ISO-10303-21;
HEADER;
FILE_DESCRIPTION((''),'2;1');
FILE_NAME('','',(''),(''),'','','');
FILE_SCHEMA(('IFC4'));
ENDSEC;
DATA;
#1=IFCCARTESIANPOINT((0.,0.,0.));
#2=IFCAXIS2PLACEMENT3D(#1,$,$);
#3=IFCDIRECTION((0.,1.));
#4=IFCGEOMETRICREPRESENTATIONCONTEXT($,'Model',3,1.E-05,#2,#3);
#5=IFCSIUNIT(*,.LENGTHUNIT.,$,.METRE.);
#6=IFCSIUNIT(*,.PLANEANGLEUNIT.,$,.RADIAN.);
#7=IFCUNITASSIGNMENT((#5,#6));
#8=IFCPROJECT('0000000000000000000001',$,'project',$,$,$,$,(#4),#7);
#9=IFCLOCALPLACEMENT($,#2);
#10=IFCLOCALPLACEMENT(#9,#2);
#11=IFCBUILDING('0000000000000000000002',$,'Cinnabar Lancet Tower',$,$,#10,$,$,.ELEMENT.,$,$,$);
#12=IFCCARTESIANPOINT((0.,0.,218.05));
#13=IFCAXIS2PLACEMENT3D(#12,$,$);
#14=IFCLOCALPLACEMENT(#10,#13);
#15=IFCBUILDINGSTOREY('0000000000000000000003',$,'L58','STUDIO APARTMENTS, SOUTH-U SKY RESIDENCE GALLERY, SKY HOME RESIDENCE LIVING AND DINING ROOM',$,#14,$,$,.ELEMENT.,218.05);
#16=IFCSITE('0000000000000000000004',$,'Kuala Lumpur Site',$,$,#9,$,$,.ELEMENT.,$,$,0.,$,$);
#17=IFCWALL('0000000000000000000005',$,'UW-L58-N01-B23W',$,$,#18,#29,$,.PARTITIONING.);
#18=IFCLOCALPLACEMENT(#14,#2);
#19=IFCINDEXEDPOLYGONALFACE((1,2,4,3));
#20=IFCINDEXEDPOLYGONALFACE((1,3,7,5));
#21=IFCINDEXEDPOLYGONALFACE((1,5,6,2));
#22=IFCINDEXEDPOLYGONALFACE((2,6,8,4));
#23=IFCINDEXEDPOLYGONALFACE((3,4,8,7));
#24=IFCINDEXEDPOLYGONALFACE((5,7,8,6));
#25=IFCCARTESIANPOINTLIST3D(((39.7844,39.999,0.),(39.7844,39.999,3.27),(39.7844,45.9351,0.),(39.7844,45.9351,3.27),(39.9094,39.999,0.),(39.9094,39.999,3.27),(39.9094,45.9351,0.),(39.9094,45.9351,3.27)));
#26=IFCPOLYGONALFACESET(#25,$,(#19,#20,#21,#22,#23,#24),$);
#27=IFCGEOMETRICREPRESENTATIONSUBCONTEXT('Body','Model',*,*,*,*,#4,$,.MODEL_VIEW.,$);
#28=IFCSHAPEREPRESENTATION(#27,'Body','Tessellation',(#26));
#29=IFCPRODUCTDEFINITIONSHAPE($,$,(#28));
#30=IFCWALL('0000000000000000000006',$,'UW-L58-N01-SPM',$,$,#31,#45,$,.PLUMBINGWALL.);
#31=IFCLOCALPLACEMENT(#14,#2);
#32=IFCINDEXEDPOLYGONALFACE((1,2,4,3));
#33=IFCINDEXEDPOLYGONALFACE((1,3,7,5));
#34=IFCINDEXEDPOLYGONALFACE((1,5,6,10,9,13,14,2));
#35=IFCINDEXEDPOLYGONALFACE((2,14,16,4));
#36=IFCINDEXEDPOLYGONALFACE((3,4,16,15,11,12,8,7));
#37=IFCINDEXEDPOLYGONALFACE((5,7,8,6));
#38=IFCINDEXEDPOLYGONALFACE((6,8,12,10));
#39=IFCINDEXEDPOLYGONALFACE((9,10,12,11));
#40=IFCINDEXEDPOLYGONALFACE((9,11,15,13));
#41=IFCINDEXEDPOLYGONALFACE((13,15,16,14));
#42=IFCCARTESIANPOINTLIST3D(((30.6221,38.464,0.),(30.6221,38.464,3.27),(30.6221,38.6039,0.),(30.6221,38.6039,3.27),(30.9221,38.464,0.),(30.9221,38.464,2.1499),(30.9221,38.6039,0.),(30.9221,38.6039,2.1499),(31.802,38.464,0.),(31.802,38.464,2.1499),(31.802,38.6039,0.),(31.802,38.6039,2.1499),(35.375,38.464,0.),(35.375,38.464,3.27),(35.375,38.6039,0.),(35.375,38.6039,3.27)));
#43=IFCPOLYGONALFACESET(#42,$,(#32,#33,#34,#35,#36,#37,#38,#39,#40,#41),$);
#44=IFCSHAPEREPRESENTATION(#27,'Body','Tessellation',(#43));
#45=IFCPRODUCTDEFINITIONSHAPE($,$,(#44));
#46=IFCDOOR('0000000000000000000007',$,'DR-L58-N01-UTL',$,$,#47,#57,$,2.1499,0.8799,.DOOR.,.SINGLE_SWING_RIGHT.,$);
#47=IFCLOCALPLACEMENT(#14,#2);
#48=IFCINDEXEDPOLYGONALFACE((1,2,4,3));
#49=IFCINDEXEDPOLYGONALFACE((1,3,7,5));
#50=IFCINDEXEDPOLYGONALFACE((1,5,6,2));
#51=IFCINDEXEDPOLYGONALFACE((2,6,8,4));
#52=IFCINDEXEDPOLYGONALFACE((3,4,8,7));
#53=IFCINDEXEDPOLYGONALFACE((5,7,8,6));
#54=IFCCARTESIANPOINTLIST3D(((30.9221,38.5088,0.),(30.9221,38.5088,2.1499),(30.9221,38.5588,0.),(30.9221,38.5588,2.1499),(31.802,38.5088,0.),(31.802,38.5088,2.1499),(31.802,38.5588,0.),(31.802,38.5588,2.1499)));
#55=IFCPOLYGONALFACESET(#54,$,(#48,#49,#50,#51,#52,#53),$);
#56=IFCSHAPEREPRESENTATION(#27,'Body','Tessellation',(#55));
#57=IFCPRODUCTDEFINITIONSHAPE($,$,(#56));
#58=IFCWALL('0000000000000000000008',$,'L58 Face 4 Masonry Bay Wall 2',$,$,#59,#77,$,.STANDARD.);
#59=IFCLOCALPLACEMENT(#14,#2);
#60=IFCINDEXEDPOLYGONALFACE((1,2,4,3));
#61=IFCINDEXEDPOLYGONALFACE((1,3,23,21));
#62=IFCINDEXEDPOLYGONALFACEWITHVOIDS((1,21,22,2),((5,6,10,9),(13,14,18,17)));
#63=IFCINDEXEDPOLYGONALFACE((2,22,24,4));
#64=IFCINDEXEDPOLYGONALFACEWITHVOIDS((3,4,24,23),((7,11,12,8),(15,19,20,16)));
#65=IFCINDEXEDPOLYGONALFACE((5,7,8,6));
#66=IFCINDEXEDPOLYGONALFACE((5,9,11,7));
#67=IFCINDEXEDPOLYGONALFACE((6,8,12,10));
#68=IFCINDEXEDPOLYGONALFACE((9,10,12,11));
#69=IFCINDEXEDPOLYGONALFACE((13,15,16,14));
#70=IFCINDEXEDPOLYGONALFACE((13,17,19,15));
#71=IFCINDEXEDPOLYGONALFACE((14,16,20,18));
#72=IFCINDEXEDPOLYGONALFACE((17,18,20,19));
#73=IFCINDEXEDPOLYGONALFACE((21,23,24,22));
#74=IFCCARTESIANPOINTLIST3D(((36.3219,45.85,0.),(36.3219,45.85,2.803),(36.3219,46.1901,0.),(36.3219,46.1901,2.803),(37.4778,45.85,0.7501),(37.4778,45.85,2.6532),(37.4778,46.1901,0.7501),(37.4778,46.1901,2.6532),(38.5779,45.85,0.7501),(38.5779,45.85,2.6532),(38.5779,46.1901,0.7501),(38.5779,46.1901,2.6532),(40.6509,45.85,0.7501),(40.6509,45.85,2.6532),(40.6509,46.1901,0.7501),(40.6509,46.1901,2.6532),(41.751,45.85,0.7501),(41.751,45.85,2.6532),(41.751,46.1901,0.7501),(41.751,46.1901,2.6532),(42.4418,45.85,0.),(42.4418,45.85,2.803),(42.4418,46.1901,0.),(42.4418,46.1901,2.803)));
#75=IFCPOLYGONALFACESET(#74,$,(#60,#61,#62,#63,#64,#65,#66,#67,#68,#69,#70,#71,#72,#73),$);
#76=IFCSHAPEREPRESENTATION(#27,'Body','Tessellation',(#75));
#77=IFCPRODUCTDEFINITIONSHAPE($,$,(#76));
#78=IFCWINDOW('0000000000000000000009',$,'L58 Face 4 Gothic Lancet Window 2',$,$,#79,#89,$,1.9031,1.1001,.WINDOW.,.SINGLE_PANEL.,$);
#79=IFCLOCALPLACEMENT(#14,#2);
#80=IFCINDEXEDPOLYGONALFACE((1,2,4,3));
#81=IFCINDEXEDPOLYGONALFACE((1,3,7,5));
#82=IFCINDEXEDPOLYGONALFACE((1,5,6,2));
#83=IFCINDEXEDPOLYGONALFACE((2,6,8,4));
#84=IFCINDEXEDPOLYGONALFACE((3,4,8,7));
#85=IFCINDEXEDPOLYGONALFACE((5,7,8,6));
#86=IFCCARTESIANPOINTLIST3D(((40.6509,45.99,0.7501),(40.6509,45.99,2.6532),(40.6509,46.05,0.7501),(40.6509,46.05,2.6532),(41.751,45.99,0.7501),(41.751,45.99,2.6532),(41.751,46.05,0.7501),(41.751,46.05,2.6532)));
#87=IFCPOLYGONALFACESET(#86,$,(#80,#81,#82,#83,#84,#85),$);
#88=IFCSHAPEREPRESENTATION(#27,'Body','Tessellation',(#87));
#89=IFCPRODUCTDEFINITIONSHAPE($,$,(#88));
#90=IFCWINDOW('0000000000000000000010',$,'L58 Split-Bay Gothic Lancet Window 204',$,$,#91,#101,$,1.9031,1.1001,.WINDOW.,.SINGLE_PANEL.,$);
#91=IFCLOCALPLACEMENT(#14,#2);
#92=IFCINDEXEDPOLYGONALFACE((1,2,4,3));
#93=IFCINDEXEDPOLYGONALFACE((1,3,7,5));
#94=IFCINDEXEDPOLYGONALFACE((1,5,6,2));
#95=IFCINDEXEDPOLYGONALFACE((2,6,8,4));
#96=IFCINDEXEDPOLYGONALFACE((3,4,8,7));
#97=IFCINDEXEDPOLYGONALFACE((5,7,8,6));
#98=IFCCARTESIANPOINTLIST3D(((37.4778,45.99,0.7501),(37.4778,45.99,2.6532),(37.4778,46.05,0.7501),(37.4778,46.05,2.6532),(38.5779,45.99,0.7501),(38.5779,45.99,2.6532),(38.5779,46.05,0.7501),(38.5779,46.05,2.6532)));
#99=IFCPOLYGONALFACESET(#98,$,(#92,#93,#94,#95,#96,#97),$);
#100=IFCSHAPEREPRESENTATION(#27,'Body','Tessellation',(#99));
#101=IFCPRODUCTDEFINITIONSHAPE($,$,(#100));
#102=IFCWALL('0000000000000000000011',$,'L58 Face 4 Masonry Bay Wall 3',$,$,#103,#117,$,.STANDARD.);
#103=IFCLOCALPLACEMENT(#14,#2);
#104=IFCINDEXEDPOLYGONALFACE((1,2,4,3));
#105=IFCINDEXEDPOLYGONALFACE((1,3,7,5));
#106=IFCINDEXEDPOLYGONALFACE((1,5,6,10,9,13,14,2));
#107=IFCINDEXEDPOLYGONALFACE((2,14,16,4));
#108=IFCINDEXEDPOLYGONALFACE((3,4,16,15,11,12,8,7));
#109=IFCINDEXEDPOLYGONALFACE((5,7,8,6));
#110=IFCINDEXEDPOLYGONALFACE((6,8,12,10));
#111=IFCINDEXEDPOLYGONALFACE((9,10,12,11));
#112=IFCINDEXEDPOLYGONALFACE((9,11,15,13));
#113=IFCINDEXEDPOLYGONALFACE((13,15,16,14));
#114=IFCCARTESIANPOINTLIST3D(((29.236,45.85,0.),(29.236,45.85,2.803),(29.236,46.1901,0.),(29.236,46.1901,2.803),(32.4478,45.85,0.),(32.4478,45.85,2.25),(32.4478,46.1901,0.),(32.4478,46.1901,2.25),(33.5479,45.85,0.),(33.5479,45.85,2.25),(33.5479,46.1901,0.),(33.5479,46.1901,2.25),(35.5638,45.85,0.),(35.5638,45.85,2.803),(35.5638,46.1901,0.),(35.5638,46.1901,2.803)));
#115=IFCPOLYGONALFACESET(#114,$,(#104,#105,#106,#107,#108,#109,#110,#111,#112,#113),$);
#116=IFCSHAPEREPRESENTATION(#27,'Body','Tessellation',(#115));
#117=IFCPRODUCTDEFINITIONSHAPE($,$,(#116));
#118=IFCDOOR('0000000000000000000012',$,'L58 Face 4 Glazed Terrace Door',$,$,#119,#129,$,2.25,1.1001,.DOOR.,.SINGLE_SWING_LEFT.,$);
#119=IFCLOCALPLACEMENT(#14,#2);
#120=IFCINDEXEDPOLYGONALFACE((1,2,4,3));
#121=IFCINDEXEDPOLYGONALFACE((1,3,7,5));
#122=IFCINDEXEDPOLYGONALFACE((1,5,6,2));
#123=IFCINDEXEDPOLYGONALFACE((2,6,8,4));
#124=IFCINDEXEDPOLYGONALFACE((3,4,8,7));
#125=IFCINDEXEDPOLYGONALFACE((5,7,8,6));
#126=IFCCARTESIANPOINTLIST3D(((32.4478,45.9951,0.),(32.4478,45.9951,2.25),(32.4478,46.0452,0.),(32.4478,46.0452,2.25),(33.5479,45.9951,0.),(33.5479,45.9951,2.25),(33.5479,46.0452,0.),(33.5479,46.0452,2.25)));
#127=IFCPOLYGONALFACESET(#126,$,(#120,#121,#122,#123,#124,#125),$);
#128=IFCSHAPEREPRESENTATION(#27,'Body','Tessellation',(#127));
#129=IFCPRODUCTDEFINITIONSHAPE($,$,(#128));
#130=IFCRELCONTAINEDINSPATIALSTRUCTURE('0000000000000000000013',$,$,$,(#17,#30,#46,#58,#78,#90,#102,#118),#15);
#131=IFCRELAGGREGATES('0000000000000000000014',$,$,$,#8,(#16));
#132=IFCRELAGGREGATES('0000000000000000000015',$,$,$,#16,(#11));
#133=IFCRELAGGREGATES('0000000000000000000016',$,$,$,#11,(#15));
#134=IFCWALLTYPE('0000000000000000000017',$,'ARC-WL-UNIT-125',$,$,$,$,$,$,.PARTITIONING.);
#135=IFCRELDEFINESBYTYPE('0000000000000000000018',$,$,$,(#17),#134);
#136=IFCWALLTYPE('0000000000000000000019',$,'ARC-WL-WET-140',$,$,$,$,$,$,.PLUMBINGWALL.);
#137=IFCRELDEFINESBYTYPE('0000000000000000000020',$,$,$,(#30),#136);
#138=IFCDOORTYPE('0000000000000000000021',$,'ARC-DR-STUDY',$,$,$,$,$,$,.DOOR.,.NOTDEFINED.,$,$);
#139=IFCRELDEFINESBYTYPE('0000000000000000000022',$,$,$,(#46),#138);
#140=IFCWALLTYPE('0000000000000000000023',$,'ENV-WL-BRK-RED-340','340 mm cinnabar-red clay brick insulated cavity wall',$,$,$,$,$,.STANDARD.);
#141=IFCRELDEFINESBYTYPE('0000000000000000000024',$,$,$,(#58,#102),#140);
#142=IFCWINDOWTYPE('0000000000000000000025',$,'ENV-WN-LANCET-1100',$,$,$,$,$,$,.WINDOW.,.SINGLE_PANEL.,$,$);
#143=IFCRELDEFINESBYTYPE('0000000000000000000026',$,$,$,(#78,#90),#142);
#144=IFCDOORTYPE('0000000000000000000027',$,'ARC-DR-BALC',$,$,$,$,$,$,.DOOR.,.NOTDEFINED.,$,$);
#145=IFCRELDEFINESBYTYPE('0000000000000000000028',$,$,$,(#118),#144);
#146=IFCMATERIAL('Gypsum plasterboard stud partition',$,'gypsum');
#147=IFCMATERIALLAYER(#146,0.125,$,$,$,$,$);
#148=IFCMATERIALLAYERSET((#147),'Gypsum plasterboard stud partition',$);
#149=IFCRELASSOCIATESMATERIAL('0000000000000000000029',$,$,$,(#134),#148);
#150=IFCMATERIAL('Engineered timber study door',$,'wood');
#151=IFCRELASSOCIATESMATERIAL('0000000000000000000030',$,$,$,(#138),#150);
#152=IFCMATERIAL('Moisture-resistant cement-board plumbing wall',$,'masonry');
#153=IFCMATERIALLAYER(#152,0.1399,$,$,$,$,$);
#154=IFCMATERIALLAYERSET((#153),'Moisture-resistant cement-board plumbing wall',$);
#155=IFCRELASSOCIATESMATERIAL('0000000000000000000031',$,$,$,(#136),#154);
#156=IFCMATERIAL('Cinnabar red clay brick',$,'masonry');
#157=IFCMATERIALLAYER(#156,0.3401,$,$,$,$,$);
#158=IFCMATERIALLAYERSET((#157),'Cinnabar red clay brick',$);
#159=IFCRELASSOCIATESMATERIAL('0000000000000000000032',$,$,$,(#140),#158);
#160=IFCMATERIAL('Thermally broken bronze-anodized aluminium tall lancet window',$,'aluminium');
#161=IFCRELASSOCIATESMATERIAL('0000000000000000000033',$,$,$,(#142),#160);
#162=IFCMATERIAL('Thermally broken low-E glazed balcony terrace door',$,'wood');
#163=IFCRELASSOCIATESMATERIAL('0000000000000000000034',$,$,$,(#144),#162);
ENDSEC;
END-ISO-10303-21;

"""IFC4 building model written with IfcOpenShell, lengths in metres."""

from ifc_helpers import new_model, si_unit, direction, frame, frame_2d, origin, place, context, subcontext, project, spatial, rectangle, extrude, material, layer, layer_set, type_object, element, fill, save


model = new_model("IFC4")

# Units and contexts
model_context = context("Model", 3, precision=1e-05, world=origin(), true_north=direction((0.0, 1.0)))
body_context = subcontext(model_context, "Body", "Model", "MODEL_VIEW")
ifc_project = project(units=[si_unit("LENGTHUNIT", "METRE"), si_unit("PLANEANGLEUNIT", "RADIAN")], contexts=[model_context])

# Site, building, storey
site_placement = place(None, origin())
site = spatial("IfcSite", under=ifc_project, at=site_placement, Name="Kuala Lumpur Site", CompositionType="ELEMENT", RefElevation=0.0)
building_placement = place(site_placement, origin())
building = spatial("IfcBuilding", under=site, at=building_placement, Name="Cinnabar Lancet Tower", CompositionType="ELEMENT")
storey_placement = place(building_placement, frame((0.0, 0.0, 218.05)))
storey = spatial("IfcBuildingStorey", under=building, at=storey_placement, Name="L58", Description="STUDIO APARTMENTS, SOUTH-U SKY RESIDENCE GALLERY, SKY HOME RESIDENCE LIVING AND DINING ROOM", CompositionType="ELEMENT", Elevation=218.05)

# Shared definitions
ifc_material_1 = material(Name="Gypsum plasterboard stud partition", Category="gypsum")
ifc_layer_1 = layer(ifc_material_1, 0.125)
ifc_layer_set_1 = layer_set([ifc_layer_1], Name="Gypsum plasterboard stud partition")
wall_type_1 = type_object("IfcWallType", Name="ARC-WL-UNIT-125", PredefinedType="PARTITIONING", material=ifc_layer_set_1)
ifc_material_2 = material(Name="Engineered timber study door", Category="wood")
door_type_1 = type_object("IfcDoorType", Name="ARC-DR-STUDY", OperationType="NOTDEFINED", PredefinedType="DOOR", material=ifc_material_2)

# Wall
for number, where, z_axis, x_axis, name in (
    (1, (39.8469, 39.999, 0.0), (0.0, 0.0, 1.0), (0.0, 1.0, 0.0), "UW-L58-N01-B23W"),
):
    element("IfcWall", number, at=place(storey_placement, frame(where, z_axis=z_axis, x_axis=x_axis)), inside=storey, type_object=wall_type_1, Name=name, PredefinedType="PARTITIONING", context=body_context, shape_type="SweptSolid", body=[
        extrude(rectangle(XDim=5.936, YDim=0.125, at=frame_2d((2.968, 0.0))), origin(), (0.0, 0.0, 1.0), 3.27),
    ])

# Wall, opening, door
ifc_material_3 = material(Name="Moisture-resistant cement-board plumbing wall", Category="masonry")
ifc_layer_2 = layer(ifc_material_3, 0.1399)
ifc_layer_set_2 = layer_set([ifc_layer_2], Name="Moisture-resistant cement-board plumbing wall")
wall_type_2 = type_object("IfcWallType", Name="ARC-WL-WET-140", PredefinedType="PLUMBINGWALL", material=ifc_layer_set_2)
wall_1_placement = place(storey_placement, frame((30.6221, 38.5339, 0.0), z_axis=(0.0, 0.0, 1.0), x_axis=(1.0, 0.0, 0.0)))
wall_1 = element("IfcWall", 2, at=wall_1_placement, inside=storey, type_object=wall_type_2, Name="UW-L58-N01-SPM", PredefinedType="PLUMBINGWALL", context=body_context, shape_type="SweptSolid", body=[
    extrude(rectangle(XDim=4.7529, YDim=0.1399, at=frame_2d((2.3765, 0.0))), origin(), (0.0, 0.0, 1.0), 3.27),
])
opening_1_placement = place(wall_1_placement, frame((0.3, 0.0, 0.0)))
opening_1 = element("IfcOpeningElement", 3, at=opening_1_placement, cuts=wall_1, PredefinedType="OPENING", context=body_context, shape_type="SweptSolid", body=[
    extrude(rectangle(XDim=0.8799, YDim=2.1499, at=frame_2d((0.4399, 1.075))), frame((0.0, 0.0798, 0.0), z_axis=(0.0, -1.0, 0.0), x_axis=(1.0, 0.0, 0.0)), (0.0, 0.0, 1.0), 0.1599),
])
door_1_placement = place(opening_1_placement, origin())
door_1 = element("IfcDoor", 4, at=door_1_placement, inside=storey, type_object=door_type_1, Name="DR-L58-N01-UTL", OperationType="SINGLE_SWING_RIGHT", OverallHeight=2.1499, OverallWidth=0.8799, PredefinedType="DOOR", context=body_context, shape_type="SweptSolid", body=[
    extrude(rectangle(XDim=0.8799, YDim=2.1499, at=frame_2d((0.4399, 1.075))), frame((0.0, 0.0249, 0.0), z_axis=(0.0, -1.0, 0.0), x_axis=(1.0, 0.0, 0.0)), (0.0, 0.0, 1.0), 0.05),
])
fill(opening_1, door_1)

# Wall, openings, windows
ifc_material_4 = material(Name="Cinnabar red clay brick", Category="masonry")
ifc_layer_3 = layer(ifc_material_4, 0.3401)
ifc_layer_set_3 = layer_set([ifc_layer_3], Name="Cinnabar red clay brick")
wall_type_3 = type_object("IfcWallType", Name="ENV-WL-BRK-RED-340", Description="340 mm cinnabar-red clay brick insulated cavity wall", PredefinedType="STANDARD", material=ifc_layer_set_3)
wall_2_placement = place(storey_placement, frame((42.4419, 46.02, 0.0), z_axis=(0.0, 0.0, 1.0), x_axis=(-1.0, 0.0, 0.0)))
wall_2 = element("IfcWall", 5, at=wall_2_placement, inside=storey, type_object=wall_type_3, Name="L58 Face 4 Masonry Bay Wall 2", PredefinedType="STANDARD", context=body_context, shape_type="SweptSolid", body=[
    extrude(rectangle(XDim=6.1199, YDim=0.3401, at=frame_2d((3.0601, 0.0))), origin(), (0.0, 0.0, 1.0), 2.803),
])
opening_2_placement = place(wall_2_placement, frame((0.6909, 0.0, 0.75)))
opening_2 = element("IfcOpeningElement", 6, at=opening_2_placement, cuts=wall_2, PredefinedType="OPENING", context=body_context, shape_type="SweptSolid", body=[
    extrude(rectangle(XDim=1.1001, YDim=1.9031, at=frame_2d((0.55, 0.9517))), frame((0.0, 0.1799, 0.0), z_axis=(0.0, -1.0, 0.0), x_axis=(1.0, 0.0, 0.0)), (0.0, 0.0, 1.0), 0.3601),
])
opening_3_placement = place(wall_2_placement, frame((3.864, 0.0, 0.75)))
opening_3 = element("IfcOpeningElement", 7, at=opening_3_placement, cuts=wall_2, PredefinedType="OPENING", context=body_context, shape_type="SweptSolid", body=[
    extrude(rectangle(XDim=1.1001, YDim=1.9031, at=frame_2d((0.55, 0.9517))), frame((0.0, 0.1799, 0.0), z_axis=(0.0, -1.0, 0.0), x_axis=(1.0, 0.0, 0.0)), (0.0, 0.0, 1.0), 0.3601),
])
ifc_material_5 = material(Name="Thermally broken bronze-anodized aluminium tall lancet window", Category="aluminium")
window_type = type_object("IfcWindowType", Name="ENV-WN-LANCET-1100", PartitioningType="SINGLE_PANEL", PredefinedType="WINDOW", material=ifc_material_5)
window_1_placement = place(opening_2_placement, origin())
window_1 = element("IfcWindow", 8, at=window_1_placement, inside=storey, type_object=window_type, Name="L58 Face 4 Gothic Lancet Window 2", OverallHeight=1.9031, OverallWidth=1.1001, PartitioningType="SINGLE_PANEL", PredefinedType="WINDOW", context=body_context, shape_type="SweptSolid", body=[
    extrude(rectangle(XDim=1.1001, YDim=1.9031, at=frame_2d((0.55, 0.9517))), frame((0.0, 0.03, 0.0), z_axis=(0.0, -1.0, 0.0), x_axis=(1.0, 0.0, 0.0)), (0.0, 0.0, 1.0), 0.0601),
])
fill(opening_2, window_1)
window_2_placement = place(opening_3_placement, origin())
window_2 = element("IfcWindow", 9, at=window_2_placement, inside=storey, type_object=window_type, Name="L58 Split-Bay Gothic Lancet Window 204", OverallHeight=1.9031, OverallWidth=1.1001, PartitioningType="SINGLE_PANEL", PredefinedType="WINDOW", context=body_context, shape_type="SweptSolid", body=[
    extrude(rectangle(XDim=1.1001, YDim=1.9031, at=frame_2d((0.55, 0.9517))), frame((0.0, 0.03, 0.0), z_axis=(0.0, -1.0, 0.0), x_axis=(1.0, 0.0, 0.0)), (0.0, 0.0, 1.0), 0.0601),
])
fill(opening_3, window_2)

# Wall, opening, door
wall_3_placement = place(storey_placement, frame((35.564, 46.02, 0.0), z_axis=(0.0, 0.0, 1.0), x_axis=(-1.0, 0.0, 0.0)))
wall_3 = element("IfcWall", 10, at=wall_3_placement, inside=storey, type_object=wall_type_3, Name="L58 Face 4 Masonry Bay Wall 3", PredefinedType="STANDARD", context=body_context, shape_type="SweptSolid", body=[
    extrude(rectangle(XDim=6.3279, YDim=0.3401, at=frame_2d((3.1641, 0.0))), origin(), (0.0, 0.0, 1.0), 2.803),
])
opening_4_placement = place(wall_3_placement, frame((2.0161, 0.0, 0.0)))
opening_4 = element("IfcOpeningElement", 11, at=opening_4_placement, cuts=wall_3, PredefinedType="OPENING", context=body_context, shape_type="SweptSolid", body=[
    extrude(rectangle(XDim=1.1001, YDim=2.25, at=frame_2d((0.55, 1.125))), frame((0.0, 0.1799, 0.0), z_axis=(0.0, -1.0, 0.0), x_axis=(1.0, 0.0, 0.0)), (0.0, 0.0, 1.0), 0.3601),
])
ifc_material_6 = material(Name="Thermally broken low-E glazed balcony terrace door", Category="wood")
door_type_2 = type_object("IfcDoorType", Name="ARC-DR-BALC", OperationType="NOTDEFINED", PredefinedType="DOOR", material=ifc_material_6)
door_2_placement = place(opening_4_placement, origin())
door_2 = element("IfcDoor", 12, at=door_2_placement, inside=storey, type_object=door_type_2, Name="L58 Face 4 Glazed Terrace Door", OperationType="SINGLE_SWING_LEFT", OverallHeight=2.25, OverallWidth=1.1001, PredefinedType="DOOR", context=body_context, shape_type="SweptSolid", body=[
    extrude(rectangle(XDim=1.1001, YDim=2.25, at=frame_2d((0.55, 1.125))), frame((0.0, 0.0249, 0.0), z_axis=(0.0, -1.0, 0.0), x_axis=(1.0, 0.0, 0.0)), (0.0, 0.0, 1.0), 0.05),
])
fill(opening_4, door_2)

save(model, "model.ifc")
